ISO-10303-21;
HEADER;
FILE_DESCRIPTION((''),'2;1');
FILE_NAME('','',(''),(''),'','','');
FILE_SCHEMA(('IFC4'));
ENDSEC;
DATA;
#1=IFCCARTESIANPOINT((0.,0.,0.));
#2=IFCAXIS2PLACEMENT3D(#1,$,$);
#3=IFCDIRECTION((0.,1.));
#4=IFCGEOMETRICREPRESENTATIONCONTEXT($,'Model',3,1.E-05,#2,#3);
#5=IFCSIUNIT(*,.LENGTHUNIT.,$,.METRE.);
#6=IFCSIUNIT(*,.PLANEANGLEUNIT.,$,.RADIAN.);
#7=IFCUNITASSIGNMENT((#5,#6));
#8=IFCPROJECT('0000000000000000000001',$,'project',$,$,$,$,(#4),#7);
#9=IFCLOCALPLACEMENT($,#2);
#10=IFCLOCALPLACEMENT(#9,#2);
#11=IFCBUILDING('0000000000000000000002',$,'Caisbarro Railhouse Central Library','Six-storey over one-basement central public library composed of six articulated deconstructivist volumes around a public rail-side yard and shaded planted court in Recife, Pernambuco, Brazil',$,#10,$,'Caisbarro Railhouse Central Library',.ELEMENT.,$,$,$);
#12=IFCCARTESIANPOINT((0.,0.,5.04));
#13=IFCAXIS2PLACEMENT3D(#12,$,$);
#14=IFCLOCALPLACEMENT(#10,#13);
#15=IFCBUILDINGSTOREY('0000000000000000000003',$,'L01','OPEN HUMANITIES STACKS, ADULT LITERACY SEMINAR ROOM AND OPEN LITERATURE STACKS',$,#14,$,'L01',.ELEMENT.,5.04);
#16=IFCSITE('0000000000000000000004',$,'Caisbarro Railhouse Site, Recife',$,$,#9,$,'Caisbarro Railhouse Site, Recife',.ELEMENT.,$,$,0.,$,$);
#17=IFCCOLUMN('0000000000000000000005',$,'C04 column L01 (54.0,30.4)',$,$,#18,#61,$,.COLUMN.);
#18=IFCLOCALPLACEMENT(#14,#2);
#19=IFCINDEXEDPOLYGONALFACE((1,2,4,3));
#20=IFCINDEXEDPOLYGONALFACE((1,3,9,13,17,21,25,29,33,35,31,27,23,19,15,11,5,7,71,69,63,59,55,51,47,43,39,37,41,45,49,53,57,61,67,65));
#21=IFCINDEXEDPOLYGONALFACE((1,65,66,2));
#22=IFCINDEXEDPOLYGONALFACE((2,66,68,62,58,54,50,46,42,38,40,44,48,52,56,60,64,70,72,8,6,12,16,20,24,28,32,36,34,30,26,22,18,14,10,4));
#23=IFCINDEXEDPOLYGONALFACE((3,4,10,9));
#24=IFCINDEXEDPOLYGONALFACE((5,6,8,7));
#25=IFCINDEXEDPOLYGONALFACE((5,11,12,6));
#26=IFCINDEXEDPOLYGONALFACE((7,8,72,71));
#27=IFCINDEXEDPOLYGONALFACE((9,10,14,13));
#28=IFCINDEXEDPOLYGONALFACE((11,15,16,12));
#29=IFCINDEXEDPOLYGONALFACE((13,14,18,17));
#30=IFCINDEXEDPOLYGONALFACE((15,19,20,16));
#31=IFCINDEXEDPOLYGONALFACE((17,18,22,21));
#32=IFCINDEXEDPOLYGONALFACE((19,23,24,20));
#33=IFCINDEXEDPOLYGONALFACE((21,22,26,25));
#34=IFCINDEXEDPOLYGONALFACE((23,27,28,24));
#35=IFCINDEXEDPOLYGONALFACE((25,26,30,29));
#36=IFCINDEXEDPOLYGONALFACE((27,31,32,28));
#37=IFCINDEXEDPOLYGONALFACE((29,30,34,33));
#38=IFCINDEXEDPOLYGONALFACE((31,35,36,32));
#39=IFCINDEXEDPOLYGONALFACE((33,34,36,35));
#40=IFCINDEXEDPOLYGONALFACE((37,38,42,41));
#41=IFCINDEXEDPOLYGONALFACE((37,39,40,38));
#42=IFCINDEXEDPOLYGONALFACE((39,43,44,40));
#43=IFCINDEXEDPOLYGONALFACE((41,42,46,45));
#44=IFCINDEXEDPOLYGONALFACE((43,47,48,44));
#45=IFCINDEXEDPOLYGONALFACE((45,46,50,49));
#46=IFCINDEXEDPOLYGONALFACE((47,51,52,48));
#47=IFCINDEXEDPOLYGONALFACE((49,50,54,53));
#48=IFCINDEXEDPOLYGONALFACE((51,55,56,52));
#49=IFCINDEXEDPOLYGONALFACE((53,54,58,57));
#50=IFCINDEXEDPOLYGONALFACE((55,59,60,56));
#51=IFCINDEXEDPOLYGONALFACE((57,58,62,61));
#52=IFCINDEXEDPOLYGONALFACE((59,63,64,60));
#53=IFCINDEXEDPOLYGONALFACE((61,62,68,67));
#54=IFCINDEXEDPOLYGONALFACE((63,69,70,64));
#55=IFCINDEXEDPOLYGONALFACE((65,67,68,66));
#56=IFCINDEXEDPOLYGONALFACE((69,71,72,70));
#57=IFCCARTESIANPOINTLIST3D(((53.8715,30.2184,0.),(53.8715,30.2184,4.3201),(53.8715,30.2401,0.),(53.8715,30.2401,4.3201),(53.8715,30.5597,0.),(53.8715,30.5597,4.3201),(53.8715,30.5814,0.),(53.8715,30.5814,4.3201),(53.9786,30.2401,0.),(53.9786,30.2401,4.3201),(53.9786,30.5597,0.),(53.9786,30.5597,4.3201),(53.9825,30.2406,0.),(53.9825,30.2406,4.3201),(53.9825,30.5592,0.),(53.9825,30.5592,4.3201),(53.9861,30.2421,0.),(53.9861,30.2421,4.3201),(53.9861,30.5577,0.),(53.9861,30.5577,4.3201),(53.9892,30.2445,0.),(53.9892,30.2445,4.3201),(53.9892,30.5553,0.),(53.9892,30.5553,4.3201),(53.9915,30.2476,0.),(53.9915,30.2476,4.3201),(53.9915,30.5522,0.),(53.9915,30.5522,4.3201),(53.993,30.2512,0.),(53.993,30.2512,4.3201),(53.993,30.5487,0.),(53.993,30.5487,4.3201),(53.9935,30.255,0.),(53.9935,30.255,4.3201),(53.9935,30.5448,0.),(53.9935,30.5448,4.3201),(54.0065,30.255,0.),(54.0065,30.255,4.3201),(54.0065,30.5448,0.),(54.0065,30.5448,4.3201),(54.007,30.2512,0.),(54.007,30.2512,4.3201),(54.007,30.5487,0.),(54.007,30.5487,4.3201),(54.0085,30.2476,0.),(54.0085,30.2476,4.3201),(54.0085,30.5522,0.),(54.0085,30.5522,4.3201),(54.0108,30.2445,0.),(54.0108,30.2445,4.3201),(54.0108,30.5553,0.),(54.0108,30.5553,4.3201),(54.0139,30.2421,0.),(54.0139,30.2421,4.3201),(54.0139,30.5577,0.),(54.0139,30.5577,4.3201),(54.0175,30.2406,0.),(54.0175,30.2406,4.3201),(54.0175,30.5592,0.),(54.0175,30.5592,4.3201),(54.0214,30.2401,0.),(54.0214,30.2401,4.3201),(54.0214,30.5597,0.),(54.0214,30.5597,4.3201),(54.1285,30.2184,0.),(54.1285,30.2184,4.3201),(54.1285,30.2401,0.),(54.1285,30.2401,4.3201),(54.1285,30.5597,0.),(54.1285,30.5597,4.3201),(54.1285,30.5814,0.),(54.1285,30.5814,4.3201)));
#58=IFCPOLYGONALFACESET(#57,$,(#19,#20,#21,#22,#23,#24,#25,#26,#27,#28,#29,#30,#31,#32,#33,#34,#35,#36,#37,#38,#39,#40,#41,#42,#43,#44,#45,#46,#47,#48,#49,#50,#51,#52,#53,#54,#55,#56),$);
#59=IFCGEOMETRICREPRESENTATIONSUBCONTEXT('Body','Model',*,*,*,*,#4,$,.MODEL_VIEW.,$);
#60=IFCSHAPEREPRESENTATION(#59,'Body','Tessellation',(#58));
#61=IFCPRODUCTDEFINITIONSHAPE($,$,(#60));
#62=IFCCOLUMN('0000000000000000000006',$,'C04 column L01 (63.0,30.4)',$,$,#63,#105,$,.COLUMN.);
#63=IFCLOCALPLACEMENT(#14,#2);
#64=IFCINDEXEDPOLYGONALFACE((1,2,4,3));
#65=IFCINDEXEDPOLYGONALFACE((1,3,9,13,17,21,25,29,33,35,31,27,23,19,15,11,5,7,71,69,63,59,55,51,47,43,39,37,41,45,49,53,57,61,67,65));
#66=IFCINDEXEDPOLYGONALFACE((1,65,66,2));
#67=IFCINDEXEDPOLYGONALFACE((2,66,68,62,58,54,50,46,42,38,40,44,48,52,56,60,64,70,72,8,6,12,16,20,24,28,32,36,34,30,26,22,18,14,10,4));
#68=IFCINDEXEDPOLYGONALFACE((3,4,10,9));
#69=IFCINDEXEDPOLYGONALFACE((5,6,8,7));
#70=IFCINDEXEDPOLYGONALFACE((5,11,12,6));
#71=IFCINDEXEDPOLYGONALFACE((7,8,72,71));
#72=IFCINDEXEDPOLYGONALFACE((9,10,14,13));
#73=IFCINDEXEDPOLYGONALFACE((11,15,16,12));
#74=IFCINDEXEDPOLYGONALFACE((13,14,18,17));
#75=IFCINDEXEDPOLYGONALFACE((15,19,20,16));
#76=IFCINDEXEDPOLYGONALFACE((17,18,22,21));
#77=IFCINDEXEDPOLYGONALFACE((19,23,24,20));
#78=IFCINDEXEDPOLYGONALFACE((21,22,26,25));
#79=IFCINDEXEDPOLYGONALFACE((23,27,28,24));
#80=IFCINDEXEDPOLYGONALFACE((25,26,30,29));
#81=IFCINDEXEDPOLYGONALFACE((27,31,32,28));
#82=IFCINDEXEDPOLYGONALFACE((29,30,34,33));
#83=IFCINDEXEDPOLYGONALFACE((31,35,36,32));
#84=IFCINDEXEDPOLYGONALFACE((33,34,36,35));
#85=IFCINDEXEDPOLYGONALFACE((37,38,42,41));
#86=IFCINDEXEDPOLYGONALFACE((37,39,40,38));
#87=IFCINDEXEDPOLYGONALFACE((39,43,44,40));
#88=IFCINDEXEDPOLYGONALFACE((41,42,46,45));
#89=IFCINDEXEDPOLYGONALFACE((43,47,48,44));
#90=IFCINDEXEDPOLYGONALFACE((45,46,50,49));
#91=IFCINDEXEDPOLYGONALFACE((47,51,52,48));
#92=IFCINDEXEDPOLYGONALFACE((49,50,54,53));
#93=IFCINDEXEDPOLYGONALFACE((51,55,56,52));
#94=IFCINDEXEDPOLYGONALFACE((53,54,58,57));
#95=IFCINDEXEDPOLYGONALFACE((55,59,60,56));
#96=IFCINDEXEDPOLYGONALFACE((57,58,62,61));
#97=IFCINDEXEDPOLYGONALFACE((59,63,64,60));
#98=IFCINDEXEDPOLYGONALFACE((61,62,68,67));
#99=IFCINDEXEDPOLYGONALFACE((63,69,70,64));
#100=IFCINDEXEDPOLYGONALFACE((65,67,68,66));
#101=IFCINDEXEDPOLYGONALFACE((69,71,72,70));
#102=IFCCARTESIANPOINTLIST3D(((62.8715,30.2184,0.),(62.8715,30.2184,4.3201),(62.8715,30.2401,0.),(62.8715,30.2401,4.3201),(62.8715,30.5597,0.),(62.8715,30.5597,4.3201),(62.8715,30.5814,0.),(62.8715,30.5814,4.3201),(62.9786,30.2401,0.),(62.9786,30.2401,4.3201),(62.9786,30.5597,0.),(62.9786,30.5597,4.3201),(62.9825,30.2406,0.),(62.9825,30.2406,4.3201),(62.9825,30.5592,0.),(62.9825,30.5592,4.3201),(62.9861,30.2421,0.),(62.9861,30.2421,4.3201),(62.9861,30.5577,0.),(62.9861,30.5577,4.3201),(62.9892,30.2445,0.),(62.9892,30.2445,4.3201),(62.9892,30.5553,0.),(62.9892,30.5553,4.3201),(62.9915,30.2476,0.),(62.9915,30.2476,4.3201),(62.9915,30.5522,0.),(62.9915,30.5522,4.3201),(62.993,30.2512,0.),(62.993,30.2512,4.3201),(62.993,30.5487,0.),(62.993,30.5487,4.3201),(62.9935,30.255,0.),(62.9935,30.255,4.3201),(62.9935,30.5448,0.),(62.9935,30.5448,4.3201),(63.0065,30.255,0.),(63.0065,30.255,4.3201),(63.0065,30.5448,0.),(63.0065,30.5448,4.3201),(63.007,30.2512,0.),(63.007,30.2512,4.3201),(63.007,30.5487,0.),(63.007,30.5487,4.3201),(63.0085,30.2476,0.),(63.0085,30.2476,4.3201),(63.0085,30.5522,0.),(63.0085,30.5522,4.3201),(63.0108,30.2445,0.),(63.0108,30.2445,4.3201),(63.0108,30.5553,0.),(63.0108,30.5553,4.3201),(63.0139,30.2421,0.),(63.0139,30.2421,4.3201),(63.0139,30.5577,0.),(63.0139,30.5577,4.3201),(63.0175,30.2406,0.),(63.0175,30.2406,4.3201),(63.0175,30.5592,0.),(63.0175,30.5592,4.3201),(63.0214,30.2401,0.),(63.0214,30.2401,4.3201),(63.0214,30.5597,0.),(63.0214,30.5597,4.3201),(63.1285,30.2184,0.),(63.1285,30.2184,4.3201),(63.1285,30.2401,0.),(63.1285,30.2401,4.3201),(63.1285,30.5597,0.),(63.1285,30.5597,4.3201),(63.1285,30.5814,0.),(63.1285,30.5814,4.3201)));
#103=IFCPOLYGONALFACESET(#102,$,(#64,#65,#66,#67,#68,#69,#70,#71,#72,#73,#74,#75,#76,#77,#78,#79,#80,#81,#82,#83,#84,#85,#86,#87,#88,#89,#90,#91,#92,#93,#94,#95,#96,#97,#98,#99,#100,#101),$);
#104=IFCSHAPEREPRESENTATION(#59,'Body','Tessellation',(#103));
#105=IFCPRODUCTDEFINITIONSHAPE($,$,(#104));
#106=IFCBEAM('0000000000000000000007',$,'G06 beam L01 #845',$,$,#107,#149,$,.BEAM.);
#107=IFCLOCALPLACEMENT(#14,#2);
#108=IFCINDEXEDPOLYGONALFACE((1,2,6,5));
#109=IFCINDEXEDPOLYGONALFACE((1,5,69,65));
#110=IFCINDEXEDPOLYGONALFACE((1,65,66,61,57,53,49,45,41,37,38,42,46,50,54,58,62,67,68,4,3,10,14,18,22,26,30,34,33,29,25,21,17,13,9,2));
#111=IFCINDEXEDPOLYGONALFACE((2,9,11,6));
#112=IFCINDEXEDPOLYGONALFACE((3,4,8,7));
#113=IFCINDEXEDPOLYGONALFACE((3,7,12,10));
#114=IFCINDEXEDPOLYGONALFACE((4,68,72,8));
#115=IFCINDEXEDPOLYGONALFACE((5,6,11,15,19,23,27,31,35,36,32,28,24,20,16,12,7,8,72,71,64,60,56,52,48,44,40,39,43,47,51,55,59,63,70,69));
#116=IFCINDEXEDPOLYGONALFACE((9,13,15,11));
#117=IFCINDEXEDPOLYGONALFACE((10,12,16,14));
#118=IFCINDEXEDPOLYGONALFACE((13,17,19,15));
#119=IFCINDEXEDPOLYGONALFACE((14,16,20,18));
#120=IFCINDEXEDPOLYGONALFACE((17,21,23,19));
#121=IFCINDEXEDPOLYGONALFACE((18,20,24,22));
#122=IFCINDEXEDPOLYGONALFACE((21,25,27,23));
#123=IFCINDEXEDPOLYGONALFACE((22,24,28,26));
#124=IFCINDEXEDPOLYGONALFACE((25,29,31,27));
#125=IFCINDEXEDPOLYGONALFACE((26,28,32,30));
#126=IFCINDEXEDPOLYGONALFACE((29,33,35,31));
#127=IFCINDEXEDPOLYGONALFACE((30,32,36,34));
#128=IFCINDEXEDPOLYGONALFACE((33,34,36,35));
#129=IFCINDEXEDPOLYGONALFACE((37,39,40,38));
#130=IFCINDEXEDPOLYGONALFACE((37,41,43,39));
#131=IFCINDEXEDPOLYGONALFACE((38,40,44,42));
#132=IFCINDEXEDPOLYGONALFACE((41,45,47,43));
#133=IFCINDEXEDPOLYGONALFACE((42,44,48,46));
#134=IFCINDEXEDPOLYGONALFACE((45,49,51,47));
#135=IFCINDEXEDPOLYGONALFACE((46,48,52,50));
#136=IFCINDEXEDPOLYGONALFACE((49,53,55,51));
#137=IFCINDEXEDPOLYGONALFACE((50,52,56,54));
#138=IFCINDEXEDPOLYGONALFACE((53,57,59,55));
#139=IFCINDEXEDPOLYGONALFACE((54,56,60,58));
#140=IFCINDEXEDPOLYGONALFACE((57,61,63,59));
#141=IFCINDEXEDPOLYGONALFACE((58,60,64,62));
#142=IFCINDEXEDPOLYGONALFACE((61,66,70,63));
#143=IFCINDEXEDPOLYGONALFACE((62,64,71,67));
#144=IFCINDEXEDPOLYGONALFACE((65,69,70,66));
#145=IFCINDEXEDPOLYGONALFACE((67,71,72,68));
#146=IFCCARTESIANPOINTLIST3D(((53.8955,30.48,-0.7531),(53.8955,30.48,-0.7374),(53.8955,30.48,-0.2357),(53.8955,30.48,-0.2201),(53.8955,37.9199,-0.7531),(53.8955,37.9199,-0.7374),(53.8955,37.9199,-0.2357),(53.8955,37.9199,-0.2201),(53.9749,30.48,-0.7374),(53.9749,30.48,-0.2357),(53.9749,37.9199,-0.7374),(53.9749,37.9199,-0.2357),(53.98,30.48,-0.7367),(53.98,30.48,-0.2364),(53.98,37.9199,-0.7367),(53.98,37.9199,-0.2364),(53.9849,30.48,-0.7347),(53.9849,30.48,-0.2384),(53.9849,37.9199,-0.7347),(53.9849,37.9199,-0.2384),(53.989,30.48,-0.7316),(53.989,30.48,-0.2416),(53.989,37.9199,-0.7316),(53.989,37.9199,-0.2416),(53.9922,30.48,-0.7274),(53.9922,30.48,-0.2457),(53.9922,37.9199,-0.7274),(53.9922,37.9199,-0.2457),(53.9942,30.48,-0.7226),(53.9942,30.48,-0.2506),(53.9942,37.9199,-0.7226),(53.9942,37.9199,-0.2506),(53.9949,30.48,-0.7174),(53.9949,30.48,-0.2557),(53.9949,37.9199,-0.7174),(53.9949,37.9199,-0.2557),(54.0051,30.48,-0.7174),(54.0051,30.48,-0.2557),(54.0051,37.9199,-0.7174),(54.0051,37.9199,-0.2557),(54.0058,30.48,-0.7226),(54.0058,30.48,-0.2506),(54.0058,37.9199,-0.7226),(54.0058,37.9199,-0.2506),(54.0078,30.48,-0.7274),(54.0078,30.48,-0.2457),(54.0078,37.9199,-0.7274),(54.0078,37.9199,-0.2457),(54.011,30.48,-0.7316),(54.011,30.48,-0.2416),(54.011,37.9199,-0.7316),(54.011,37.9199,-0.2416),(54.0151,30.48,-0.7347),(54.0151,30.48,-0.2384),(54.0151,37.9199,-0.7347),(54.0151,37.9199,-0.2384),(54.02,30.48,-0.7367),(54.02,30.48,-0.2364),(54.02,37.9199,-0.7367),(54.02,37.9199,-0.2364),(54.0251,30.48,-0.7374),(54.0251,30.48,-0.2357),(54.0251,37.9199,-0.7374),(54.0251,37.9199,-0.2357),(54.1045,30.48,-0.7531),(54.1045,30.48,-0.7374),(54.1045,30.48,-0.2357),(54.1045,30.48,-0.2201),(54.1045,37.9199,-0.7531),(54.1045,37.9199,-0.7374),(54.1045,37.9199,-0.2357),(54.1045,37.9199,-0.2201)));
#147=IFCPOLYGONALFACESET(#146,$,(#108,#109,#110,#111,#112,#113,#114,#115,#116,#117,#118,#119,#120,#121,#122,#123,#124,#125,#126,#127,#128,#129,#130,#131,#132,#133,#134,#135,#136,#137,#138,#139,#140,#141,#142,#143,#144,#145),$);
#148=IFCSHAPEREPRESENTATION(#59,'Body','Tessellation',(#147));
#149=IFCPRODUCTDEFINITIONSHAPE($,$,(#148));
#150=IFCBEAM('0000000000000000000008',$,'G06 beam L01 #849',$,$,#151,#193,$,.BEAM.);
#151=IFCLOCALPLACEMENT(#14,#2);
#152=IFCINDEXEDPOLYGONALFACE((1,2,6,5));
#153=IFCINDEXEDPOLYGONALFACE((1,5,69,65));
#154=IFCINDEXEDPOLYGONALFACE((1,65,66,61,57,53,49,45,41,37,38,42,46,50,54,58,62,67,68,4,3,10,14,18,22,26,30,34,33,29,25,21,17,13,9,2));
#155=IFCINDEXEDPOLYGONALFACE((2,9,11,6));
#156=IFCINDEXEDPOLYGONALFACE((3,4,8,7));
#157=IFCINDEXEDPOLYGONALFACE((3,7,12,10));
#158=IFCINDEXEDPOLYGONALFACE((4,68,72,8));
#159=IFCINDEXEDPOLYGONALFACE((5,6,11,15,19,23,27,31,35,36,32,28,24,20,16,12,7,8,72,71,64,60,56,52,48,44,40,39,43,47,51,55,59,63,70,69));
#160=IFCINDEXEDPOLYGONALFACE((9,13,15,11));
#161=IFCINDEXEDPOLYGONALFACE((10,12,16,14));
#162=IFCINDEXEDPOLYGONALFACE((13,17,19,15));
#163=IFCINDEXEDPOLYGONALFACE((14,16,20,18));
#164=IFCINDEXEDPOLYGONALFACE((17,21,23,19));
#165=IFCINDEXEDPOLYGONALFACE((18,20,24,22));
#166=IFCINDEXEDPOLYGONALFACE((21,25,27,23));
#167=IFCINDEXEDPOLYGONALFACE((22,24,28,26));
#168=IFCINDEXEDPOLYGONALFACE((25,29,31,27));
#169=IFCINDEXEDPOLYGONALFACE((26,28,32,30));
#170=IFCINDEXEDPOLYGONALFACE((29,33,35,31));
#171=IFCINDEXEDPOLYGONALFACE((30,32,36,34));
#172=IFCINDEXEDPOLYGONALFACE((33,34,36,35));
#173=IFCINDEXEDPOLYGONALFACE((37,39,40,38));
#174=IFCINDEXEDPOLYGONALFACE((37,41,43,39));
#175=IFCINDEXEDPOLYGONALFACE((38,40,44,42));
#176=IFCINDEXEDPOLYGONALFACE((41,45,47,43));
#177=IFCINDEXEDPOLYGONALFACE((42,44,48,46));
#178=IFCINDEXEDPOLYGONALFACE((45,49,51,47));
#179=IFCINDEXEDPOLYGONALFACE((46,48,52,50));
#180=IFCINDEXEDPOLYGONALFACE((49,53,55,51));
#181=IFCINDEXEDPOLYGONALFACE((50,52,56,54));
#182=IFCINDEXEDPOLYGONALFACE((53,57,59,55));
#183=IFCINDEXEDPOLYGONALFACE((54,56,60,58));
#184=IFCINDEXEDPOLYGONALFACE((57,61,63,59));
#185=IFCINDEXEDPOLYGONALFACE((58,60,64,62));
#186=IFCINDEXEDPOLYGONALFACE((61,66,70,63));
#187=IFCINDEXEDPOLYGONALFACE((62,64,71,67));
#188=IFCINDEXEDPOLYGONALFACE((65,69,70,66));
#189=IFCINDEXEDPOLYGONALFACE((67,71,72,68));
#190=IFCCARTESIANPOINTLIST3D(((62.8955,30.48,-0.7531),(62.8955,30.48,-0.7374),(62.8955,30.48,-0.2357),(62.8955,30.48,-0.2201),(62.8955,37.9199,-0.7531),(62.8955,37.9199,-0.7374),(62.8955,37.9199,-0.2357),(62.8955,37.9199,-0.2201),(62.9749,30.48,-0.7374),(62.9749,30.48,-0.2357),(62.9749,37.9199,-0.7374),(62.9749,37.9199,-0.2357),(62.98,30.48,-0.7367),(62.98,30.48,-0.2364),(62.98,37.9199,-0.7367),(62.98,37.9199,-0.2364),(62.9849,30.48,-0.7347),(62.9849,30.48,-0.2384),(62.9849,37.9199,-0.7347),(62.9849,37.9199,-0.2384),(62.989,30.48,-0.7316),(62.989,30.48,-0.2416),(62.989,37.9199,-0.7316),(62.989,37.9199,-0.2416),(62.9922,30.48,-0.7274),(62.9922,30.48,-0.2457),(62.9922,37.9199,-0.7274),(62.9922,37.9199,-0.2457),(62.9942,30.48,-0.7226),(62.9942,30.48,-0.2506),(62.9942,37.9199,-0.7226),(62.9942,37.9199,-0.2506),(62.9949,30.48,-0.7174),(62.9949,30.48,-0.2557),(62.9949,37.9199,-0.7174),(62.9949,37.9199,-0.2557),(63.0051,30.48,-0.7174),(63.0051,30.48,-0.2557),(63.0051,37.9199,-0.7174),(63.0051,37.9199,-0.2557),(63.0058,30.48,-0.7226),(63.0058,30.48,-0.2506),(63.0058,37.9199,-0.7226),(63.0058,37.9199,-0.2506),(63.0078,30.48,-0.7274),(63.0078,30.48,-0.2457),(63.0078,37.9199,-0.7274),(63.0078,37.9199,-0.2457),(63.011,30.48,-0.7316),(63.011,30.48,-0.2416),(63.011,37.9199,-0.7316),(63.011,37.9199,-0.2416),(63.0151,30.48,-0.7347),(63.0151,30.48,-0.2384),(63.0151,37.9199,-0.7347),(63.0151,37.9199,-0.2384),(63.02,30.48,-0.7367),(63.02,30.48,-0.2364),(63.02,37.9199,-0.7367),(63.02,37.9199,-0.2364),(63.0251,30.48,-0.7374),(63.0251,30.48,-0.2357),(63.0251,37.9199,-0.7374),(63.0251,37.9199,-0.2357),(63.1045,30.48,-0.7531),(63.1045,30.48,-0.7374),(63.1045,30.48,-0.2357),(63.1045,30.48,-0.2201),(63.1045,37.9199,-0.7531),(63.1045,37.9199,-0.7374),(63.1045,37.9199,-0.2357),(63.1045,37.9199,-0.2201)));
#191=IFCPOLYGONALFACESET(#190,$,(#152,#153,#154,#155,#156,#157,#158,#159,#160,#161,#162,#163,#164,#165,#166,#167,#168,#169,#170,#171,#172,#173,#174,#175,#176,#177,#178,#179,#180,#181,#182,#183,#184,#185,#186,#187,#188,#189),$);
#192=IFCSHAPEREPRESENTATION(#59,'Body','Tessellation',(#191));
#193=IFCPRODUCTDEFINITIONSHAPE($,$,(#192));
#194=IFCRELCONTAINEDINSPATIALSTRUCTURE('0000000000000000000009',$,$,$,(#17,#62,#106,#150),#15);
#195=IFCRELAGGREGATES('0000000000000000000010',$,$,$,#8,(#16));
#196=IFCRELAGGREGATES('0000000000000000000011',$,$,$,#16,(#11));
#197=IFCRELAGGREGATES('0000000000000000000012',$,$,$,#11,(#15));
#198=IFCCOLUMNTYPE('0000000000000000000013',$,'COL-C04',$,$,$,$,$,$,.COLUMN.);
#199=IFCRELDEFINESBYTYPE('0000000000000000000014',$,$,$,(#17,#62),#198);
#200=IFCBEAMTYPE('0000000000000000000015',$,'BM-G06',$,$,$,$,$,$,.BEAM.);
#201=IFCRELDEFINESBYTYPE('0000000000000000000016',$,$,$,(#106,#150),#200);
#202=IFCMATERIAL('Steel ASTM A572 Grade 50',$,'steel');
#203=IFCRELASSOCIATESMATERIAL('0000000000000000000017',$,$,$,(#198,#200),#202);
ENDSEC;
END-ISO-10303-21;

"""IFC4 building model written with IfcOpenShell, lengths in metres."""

from ifc_helpers import new_model, si_unit, direction, frame, origin, origin_2d, place, context, subcontext, project, spatial, i_section, extrude, material, material_profile, profile_set, type_object, element, save


model = new_model("IFC4")

# Units and contexts
model_context = context("Model", 3, precision=1e-05, world=origin(), true_north=direction((0.0, 1.0)))
body_context = subcontext(model_context, "Body", "Model", "MODEL_VIEW")
ifc_project = project(units=[si_unit("LENGTHUNIT", "METRE"), si_unit("PLANEANGLEUNIT", "RADIAN")], contexts=[model_context])

# Site, building, storey
site_placement = place(None, origin())
site = spatial("IfcSite", under=ifc_project, at=site_placement, Name="Caisbarro Railhouse Site, Recife", LongName="Caisbarro Railhouse Site, Recife", CompositionType="ELEMENT", RefElevation=0.0)
building_placement = place(site_placement, origin())
building = spatial("IfcBuilding", under=site, at=building_placement, Name="Caisbarro Railhouse Central Library", Description="Six-storey over one-basement central public library composed of six articulated deconstructivist volumes around a public rail-side yard and shaded planted court in Recife, Pernambuco, Brazil", LongName="Caisbarro Railhouse Central Library", CompositionType="ELEMENT")
storey_placement = place(building_placement, frame((0.0, 0.0, 5.04)))
storey = spatial("IfcBuildingStorey", under=building, at=storey_placement, Name="L01", Description="OPEN HUMANITIES STACKS, ADULT LITERACY SEMINAR ROOM AND OPEN LITERATURE STACKS", LongName="L01", CompositionType="ELEMENT", Elevation=5.04)

# Columns
ifc_material_1 = material(Name="Steel ASTM A572 Grade 50", Category="steel")
ifc_material_profile_1 = material_profile(ifc_material_1, i_section(OverallWidth=0.2571, OverallDepth=0.363, WebThickness=0.0129, FlangeThickness=0.0217, FilletRadius=0.0149, at=origin_2d()), Name="W360X122.0")
ifc_profile_set_1 = profile_set([ifc_material_profile_1], Name="Steel ASTM A572 Grade 50")
column_type = type_object("IfcColumnType", Name="COL-C04", PredefinedType="COLUMN", material=ifc_profile_set_1)
for number, where, z_axis, x_axis, name in (
    (1, (54.0, 30.3999, 0.0), (0.0, 0.0, 1.0), (1.0, 0.0, 0.0), "C04 column L01 (54.0,30.4)"),
    (2, (63.0, 30.3999, 0.0), (0.0, 0.0, 1.0), (1.0, 0.0, 0.0), "C04 column L01 (63.0,30.4)"),
):
    element("IfcColumn", number, at=place(storey_placement, frame(where, z_axis=z_axis, x_axis=x_axis)), inside=storey, type_object=column_type, Name=name, PredefinedType="COLUMN", context=body_context, shape_type="SweptSolid", body=[
        extrude(i_section(OverallWidth=0.2571, OverallDepth=0.363, WebThickness=0.0129, FlangeThickness=0.0217, FilletRadius=0.0149, at=origin_2d()), origin(), (0.0, 0.0, 1.0), 4.3201),
    ])

# Beams
ifc_material_profile_2 = material_profile(ifc_material_1, i_section(OverallWidth=0.209, OverallDepth=0.533, WebThickness=0.0103, FlangeThickness=0.0156, FilletRadius=0.02, at=origin_2d()), Name="W530X92.0")
ifc_profile_set_2 = profile_set([ifc_material_profile_2], Name="Steel ASTM A572 Grade 50")
beam_type_1 = type_object("IfcBeamType", Name="BM-G06", PredefinedType="BEAM", material=ifc_profile_set_2)
for number, where, z_axis, x_axis, name in (
    (3, (54.0, 30.48, -0.4866), (0.0, 1.0, 0.0), (-1.0, 0.0, 0.0), "G06 beam L01 #845"),
    (4, (63.0, 30.48, -0.4866), (0.0, 1.0, 0.0), (-1.0, 0.0, 0.0), "G06 beam L01 #849"),
):
    element("IfcBeam", number, at=place(storey_placement, frame(where, z_axis=z_axis, x_axis=x_axis)), inside=storey, type_object=beam_type_1, Name=name, PredefinedType="BEAM", context=body_context, shape_type="SweptSolid", body=[
        extrude(i_section(OverallWidth=0.209, OverallDepth=0.533, WebThickness=0.0103, FlangeThickness=0.0156, FilletRadius=0.02, at=origin_2d()), origin(), (0.0, 0.0, 1.0), 7.4399),
    ])

save(model, "model.ifc")
